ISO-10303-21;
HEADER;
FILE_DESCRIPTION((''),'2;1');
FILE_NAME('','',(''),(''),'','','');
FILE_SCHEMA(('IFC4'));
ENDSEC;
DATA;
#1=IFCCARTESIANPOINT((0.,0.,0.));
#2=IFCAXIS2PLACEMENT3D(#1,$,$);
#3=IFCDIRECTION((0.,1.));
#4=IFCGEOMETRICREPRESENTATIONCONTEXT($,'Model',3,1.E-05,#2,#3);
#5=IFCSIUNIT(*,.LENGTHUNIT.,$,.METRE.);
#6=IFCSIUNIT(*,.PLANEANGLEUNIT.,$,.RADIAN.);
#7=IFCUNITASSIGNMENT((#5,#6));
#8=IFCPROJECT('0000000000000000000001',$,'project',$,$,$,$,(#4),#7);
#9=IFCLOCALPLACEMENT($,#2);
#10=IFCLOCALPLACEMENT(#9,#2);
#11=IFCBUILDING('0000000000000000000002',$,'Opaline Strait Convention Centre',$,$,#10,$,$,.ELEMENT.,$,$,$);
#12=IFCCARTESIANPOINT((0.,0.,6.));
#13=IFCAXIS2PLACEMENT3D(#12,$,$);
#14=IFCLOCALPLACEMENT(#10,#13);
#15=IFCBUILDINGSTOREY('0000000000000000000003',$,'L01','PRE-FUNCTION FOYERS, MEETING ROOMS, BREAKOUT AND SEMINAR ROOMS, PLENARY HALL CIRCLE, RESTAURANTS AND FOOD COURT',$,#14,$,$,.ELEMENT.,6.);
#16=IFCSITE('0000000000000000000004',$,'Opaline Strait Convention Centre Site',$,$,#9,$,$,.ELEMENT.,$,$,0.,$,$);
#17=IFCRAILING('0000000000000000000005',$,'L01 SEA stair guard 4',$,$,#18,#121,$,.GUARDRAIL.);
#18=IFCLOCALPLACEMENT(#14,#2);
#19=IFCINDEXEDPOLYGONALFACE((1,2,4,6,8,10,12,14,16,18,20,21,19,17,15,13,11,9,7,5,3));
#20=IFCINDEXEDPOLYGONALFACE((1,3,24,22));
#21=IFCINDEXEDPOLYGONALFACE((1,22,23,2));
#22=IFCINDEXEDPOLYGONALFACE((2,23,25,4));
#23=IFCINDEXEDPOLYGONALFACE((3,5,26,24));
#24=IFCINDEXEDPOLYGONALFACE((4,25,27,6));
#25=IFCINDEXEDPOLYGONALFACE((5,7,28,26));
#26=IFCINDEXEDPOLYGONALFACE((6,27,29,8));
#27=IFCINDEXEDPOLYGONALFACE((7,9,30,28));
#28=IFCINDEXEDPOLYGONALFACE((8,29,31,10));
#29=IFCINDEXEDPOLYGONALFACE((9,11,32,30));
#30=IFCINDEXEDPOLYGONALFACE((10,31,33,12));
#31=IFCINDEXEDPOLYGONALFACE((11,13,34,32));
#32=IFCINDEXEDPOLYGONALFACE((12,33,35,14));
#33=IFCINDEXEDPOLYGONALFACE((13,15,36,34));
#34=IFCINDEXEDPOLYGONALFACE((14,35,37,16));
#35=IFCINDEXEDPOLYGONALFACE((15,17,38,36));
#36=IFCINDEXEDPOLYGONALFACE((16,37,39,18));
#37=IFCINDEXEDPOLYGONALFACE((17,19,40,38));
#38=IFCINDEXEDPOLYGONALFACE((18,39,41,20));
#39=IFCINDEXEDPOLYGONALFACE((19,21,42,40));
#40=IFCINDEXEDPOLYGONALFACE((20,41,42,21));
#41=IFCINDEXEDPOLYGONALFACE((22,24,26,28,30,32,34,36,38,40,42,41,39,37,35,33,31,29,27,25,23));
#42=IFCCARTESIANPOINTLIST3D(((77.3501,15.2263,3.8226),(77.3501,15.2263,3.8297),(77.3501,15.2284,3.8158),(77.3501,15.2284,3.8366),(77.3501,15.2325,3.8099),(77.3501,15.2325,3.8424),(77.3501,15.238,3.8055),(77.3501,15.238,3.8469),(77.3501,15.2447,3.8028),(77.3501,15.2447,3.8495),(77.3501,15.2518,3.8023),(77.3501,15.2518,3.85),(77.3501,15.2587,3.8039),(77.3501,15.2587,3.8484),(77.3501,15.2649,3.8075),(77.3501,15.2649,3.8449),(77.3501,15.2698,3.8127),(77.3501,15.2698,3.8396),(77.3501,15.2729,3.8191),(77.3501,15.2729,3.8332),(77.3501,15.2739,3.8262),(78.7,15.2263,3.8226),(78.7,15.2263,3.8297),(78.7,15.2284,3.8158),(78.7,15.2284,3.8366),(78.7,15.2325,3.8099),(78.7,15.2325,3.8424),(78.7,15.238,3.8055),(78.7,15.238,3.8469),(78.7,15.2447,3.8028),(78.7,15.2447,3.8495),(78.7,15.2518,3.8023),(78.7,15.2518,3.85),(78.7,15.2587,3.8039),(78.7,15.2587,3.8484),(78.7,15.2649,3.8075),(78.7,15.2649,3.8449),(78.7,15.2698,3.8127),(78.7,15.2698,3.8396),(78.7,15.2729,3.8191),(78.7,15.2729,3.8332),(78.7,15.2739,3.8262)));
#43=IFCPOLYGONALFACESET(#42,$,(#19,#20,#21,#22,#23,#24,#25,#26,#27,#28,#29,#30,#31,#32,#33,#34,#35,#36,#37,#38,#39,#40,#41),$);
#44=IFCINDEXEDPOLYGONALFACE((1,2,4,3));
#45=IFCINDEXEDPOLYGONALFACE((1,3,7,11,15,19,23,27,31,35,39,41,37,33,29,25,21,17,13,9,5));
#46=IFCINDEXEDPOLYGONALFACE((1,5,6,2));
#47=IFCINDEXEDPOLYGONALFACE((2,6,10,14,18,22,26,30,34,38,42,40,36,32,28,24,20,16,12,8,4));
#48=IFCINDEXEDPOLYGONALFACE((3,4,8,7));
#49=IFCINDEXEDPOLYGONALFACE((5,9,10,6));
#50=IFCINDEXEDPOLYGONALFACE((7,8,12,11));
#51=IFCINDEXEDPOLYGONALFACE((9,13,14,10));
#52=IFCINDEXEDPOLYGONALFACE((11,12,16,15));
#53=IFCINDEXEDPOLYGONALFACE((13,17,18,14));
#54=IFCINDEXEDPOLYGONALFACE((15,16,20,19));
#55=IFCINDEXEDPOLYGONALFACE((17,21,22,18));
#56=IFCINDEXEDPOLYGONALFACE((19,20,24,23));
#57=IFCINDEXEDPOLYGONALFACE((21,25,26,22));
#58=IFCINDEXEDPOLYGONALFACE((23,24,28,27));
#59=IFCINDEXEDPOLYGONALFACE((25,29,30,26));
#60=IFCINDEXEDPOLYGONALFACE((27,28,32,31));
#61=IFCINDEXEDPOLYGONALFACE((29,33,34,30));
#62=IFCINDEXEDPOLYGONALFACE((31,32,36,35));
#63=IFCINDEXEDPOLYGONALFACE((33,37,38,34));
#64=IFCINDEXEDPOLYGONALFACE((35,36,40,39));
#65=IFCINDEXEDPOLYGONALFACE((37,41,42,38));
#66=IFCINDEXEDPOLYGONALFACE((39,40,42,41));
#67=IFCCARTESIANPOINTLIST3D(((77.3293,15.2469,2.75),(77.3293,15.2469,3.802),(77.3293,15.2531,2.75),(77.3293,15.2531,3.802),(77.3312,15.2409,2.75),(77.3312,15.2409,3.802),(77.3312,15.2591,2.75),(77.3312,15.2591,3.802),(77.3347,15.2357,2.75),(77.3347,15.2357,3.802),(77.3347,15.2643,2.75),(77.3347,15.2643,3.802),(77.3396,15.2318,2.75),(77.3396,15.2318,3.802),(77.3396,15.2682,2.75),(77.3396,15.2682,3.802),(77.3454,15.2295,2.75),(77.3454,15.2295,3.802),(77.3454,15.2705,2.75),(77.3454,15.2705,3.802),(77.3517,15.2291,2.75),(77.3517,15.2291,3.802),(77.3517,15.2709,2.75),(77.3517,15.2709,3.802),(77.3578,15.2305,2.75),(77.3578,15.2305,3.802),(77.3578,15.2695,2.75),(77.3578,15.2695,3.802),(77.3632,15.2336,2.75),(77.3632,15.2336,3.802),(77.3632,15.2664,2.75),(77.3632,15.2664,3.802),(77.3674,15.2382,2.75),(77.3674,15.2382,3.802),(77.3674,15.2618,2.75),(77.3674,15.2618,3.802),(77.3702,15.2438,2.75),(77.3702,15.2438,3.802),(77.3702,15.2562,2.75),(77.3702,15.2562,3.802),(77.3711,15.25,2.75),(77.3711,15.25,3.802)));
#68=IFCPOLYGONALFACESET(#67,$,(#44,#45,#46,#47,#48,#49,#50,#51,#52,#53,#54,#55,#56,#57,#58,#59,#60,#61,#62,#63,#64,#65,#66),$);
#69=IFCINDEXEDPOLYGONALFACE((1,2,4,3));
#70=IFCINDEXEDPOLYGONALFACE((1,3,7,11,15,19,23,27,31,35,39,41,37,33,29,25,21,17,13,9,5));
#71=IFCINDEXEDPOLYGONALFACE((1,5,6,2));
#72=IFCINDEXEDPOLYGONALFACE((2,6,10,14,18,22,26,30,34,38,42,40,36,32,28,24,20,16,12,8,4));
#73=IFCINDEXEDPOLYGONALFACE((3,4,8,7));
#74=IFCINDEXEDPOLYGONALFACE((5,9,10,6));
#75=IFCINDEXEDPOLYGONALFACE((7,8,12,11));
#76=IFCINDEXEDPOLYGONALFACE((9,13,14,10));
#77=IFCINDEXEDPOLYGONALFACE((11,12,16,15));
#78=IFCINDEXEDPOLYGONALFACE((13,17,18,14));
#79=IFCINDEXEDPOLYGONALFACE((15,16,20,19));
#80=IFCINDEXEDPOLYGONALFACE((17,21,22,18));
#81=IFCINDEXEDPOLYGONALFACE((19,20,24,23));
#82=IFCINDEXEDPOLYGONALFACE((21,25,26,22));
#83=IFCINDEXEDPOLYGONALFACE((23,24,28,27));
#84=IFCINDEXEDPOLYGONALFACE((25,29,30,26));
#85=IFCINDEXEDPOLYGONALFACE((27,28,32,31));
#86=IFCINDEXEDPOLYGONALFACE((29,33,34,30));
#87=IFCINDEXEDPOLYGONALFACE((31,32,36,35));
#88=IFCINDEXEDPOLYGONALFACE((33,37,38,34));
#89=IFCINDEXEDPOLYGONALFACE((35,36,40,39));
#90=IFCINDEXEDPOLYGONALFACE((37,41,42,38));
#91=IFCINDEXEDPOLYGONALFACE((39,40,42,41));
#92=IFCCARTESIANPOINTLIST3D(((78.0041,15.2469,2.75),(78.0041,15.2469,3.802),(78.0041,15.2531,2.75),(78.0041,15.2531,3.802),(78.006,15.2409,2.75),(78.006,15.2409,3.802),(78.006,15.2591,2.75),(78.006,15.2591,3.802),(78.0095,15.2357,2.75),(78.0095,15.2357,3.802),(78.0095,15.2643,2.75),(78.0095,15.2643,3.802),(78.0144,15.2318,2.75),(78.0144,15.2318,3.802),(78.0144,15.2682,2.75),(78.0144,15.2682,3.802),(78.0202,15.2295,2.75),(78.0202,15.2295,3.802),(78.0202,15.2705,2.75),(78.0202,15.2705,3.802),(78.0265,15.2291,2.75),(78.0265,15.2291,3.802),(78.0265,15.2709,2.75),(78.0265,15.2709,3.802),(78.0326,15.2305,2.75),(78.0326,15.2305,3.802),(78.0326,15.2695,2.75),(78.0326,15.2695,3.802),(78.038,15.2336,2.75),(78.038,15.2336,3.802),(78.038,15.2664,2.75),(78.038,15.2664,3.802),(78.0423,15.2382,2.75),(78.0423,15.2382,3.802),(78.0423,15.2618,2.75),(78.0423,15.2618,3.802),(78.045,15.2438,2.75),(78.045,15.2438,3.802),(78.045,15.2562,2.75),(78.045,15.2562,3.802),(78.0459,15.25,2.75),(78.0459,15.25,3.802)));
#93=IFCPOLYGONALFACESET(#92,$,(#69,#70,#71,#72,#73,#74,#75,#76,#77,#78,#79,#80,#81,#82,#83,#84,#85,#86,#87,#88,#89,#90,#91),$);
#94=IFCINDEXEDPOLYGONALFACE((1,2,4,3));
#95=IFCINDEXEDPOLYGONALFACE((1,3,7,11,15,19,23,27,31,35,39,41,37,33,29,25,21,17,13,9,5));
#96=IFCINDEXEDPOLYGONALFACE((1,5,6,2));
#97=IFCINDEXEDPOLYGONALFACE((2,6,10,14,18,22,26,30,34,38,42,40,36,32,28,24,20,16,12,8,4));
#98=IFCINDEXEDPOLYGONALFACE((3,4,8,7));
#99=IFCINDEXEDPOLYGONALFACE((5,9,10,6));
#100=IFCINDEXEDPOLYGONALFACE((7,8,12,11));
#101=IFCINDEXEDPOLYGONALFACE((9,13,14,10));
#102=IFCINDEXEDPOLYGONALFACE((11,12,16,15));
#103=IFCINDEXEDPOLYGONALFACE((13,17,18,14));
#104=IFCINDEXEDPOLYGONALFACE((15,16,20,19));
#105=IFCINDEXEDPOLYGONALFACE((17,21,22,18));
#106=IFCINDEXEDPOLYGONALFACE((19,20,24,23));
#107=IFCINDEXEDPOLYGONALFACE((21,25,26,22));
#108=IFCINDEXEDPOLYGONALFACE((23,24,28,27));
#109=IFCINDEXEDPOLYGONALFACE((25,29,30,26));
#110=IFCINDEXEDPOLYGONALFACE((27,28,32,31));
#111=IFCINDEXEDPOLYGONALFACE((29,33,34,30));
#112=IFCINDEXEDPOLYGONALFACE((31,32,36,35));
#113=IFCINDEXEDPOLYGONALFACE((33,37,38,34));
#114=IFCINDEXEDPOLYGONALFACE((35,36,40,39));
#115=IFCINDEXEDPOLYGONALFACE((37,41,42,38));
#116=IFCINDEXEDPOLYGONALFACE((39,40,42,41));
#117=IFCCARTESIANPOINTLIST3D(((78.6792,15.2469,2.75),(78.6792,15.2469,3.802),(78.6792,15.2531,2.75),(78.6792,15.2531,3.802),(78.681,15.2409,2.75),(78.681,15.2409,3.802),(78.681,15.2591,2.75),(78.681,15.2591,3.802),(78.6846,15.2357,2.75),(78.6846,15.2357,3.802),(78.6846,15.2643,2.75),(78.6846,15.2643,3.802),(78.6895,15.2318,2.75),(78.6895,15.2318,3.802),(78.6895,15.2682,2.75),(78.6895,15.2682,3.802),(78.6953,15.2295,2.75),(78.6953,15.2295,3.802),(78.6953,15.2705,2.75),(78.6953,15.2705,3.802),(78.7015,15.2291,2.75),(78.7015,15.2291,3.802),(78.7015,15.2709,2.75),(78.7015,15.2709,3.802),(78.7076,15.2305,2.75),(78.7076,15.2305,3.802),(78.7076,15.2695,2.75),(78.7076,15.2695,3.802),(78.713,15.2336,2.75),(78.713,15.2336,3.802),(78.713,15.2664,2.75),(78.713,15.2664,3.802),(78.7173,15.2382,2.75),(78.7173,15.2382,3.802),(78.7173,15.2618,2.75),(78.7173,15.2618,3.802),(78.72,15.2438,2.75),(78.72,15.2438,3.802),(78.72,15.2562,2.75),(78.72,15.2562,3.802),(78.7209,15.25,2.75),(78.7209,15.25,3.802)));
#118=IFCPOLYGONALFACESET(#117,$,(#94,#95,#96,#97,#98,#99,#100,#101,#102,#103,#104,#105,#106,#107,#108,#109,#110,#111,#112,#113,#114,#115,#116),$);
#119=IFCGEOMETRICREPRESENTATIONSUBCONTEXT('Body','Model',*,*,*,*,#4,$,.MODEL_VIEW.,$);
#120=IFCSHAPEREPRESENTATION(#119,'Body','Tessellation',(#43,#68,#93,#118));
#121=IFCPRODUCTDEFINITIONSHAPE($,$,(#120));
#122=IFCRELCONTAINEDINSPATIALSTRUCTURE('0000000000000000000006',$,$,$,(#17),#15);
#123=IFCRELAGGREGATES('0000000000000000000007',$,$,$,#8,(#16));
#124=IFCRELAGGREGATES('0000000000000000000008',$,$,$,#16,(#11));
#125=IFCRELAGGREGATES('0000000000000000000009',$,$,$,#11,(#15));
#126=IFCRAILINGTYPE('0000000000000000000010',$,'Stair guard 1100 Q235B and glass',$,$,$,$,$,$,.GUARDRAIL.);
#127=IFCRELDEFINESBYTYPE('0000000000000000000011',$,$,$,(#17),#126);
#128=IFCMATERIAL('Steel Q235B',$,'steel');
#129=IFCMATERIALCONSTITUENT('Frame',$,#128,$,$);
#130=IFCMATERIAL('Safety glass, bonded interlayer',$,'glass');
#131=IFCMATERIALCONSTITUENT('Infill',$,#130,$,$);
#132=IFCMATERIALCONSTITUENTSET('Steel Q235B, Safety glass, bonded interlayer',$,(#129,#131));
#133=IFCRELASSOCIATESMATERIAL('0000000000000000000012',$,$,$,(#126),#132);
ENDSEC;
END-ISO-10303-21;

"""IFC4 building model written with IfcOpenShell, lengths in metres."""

from ifc_helpers import new_model, si_unit, direction, frame, origin, origin_2d, place, context, subcontext, project, spatial, circle, extrude, material, constituent, constituent_set, type_object, element, save


model = new_model("IFC4")

# Units and contexts
model_context = context("Model", 3, precision=1e-05, world=origin(), true_north=direction((0.0, 1.0)))
body_context = subcontext(model_context, "Body", "Model", "MODEL_VIEW")
ifc_project = project(units=[si_unit("LENGTHUNIT", "METRE"), si_unit("PLANEANGLEUNIT", "RADIAN")], contexts=[model_context])

# Site, building, storey
site_placement = place(None, origin())
site = spatial("IfcSite", under=ifc_project, at=site_placement, Name="Opaline Strait Convention Centre Site", CompositionType="ELEMENT", RefElevation=0.0)
building_placement = place(site_placement, origin())
building = spatial("IfcBuilding", under=site, at=building_placement, Name="Opaline Strait Convention Centre", CompositionType="ELEMENT")
storey_placement = place(building_placement, frame((0.0, 0.0, 6.0)))
storey = spatial("IfcBuildingStorey", under=building, at=storey_placement, Name="L01", Description="PRE-FUNCTION FOYERS, MEETING ROOMS, BREAKOUT AND SEMINAR ROOMS, PLENARY HALL CIRCLE, RESTAURANTS AND FOOD COURT", CompositionType="ELEMENT", Elevation=6.0)

# Railing
ifc_material_1 = material(Name="Steel Q235B", Category="steel")
ifc_constituent_1 = constituent(ifc_material_1, Name="Frame")
ifc_material_2 = material(Name="Safety glass, bonded interlayer", Category="glass")
ifc_constituent_2 = constituent(ifc_material_2, Name="Infill")
ifc_constituent_set = constituent_set(constituents=[ifc_constituent_1, ifc_constituent_2], Name="Steel Q235B, Safety glass, bonded interlayer")
railing_type_1 = type_object("IfcRailingType", Name="Stair guard 1100 Q235B and glass", PredefinedType="GUARDRAIL", material=ifc_constituent_set)
railing_1_placement = place(storey_placement, frame((77.3501, 15.25, 2.75)))
element("IfcRailing", 1, at=railing_1_placement, inside=storey, type_object=railing_type_1, Name="L01 SEA stair guard 4", PredefinedType="GUARDRAIL", context=body_context, shape_type="SweptSolid", body=[
    extrude(circle(Radius=0.0239, at=origin_2d()), frame((0.0, 0.0, 1.0762), z_axis=(1.0, 0.0, 0.0), x_axis=(0.0, 1.0, 0.0)), (0.0, 0.0, 1.0), 1.3499),
    extrude(circle(Radius=0.021, at=origin_2d()), origin(), (0.0, 0.0, 1.0), 1.052),
    extrude(circle(Radius=0.021, at=origin_2d()), frame((0.6748, 0.0, 0.0)), (0.0, 0.0, 1.0), 1.052),
    extrude(circle(Radius=0.021, at=origin_2d()), frame((1.3499, 0.0, 0.0)), (0.0, 0.0, 1.0), 1.052),
])

save(model, "model.ifc")
